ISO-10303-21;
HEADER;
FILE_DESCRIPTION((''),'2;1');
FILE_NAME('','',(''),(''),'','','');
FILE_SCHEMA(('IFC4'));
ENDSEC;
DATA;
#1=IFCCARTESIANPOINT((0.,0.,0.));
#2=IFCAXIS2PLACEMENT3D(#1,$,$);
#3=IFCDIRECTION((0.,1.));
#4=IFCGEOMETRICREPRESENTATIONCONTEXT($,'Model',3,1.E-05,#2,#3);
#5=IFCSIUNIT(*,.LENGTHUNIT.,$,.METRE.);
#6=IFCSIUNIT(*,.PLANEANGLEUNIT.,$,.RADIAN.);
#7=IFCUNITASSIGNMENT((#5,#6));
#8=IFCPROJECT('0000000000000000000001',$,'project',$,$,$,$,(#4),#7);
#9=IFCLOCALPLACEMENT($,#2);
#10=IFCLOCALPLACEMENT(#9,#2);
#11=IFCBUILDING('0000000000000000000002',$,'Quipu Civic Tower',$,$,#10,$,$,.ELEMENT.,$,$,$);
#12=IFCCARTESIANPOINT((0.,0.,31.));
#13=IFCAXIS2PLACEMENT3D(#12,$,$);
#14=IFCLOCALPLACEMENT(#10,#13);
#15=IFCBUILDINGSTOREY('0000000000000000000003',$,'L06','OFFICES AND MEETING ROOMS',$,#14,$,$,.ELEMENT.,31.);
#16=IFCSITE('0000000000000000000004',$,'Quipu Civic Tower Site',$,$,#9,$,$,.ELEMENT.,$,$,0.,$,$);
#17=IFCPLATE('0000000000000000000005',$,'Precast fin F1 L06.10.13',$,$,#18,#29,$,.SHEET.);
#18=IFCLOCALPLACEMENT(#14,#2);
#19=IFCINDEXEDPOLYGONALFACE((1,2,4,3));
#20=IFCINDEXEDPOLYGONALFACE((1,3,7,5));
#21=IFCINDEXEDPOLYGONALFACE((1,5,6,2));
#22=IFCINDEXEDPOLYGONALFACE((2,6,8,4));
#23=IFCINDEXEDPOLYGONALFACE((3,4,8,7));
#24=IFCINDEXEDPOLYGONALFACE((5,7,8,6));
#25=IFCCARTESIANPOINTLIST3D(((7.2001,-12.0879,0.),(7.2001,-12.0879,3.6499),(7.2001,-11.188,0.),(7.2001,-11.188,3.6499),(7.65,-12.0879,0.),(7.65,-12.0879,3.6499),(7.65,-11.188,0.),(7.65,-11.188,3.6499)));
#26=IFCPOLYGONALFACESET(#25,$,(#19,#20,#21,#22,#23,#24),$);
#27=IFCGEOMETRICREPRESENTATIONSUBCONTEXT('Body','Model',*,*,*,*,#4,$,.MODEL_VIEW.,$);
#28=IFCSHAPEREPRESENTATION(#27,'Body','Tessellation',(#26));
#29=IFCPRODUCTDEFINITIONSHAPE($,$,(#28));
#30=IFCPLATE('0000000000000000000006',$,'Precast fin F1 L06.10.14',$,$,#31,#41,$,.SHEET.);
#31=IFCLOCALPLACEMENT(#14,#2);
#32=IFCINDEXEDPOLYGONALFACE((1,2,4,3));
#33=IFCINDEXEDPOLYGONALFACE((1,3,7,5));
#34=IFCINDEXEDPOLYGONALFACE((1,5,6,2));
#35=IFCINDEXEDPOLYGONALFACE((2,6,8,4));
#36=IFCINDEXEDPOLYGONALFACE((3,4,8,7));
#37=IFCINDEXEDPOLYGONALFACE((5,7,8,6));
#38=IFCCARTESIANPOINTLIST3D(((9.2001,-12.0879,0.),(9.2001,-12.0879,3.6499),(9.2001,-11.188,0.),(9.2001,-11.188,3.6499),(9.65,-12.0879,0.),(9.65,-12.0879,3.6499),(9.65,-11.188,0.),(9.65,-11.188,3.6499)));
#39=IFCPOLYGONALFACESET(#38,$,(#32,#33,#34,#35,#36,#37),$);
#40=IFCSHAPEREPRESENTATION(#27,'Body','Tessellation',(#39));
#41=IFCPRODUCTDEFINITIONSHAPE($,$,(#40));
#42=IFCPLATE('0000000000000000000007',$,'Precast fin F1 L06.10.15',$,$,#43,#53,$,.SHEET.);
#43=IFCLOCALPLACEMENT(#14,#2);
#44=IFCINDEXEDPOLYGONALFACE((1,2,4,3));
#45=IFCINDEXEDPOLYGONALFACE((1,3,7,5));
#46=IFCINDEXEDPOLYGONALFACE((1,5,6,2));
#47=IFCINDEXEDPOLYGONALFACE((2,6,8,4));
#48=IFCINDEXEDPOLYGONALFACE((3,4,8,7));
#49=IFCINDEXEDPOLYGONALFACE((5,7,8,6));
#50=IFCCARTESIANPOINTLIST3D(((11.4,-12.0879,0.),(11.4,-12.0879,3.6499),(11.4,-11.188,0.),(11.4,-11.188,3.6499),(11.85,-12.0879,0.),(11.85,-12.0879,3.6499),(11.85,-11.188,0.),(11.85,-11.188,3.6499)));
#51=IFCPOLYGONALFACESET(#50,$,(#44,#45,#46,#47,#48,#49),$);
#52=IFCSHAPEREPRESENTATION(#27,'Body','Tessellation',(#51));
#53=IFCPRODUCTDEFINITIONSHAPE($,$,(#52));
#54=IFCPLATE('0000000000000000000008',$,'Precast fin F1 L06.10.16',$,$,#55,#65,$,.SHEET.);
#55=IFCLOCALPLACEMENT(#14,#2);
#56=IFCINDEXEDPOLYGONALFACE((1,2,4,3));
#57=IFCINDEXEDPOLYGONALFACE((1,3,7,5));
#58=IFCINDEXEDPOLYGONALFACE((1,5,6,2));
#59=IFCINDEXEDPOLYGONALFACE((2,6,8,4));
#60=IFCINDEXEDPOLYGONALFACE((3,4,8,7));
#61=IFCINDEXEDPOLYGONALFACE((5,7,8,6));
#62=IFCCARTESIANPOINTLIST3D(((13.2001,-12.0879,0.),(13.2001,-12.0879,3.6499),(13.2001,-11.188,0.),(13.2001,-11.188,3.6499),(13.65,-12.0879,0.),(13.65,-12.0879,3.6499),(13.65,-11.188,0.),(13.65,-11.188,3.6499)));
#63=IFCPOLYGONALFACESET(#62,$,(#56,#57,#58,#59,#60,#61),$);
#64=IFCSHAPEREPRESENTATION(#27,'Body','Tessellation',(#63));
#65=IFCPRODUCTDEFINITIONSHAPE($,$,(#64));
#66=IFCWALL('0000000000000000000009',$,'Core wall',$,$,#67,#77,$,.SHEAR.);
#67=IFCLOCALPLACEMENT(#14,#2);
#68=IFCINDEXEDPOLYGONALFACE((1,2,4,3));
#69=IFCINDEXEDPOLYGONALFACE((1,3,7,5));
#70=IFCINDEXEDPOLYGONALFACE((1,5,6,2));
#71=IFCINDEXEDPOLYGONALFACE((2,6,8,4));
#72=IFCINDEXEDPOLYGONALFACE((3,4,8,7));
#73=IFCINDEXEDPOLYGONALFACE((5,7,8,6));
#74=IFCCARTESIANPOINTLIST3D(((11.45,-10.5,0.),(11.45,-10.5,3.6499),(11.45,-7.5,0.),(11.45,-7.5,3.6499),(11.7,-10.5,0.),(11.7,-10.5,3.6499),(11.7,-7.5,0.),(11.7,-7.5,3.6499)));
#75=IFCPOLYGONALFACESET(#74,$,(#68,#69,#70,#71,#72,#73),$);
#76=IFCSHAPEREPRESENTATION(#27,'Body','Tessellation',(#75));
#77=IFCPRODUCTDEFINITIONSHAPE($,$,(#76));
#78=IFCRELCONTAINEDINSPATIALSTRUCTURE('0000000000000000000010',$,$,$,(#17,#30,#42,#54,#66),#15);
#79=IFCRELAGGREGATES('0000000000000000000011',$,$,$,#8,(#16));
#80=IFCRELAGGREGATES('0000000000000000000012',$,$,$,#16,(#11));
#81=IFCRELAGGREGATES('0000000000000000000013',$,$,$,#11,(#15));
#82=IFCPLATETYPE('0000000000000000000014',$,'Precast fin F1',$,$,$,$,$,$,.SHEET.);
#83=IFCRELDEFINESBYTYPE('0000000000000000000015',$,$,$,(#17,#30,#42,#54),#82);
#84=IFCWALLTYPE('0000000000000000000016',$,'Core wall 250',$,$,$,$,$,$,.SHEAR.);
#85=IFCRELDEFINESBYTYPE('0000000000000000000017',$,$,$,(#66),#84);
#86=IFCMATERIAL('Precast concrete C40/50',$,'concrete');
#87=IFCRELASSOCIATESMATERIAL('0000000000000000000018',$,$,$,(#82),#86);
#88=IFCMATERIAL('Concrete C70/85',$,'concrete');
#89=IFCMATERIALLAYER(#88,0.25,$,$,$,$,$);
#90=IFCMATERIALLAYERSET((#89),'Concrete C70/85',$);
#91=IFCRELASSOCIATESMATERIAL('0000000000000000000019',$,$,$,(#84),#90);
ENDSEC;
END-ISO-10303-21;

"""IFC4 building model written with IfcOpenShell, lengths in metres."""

from ifc_helpers import new_model, si_unit, direction, frame, frame_2d, origin, origin_2d, place, context, subcontext, project, spatial, rectangle, extrude, material, layer, layer_set, type_object, element, save


model = new_model("IFC4")

# Units and contexts
model_context = context("Model", 3, precision=1e-05, world=origin(), true_north=direction((0.0, 1.0)))
body_context = subcontext(model_context, "Body", "Model", "MODEL_VIEW")
ifc_project = project(units=[si_unit("LENGTHUNIT", "METRE"), si_unit("PLANEANGLEUNIT", "RADIAN")], contexts=[model_context])

# Site, building, storey
site_placement = place(None, origin())
site = spatial("IfcSite", under=ifc_project, at=site_placement, Name="Quipu Civic Tower Site", CompositionType="ELEMENT", RefElevation=0.0)
building_placement = place(site_placement, origin())
building = spatial("IfcBuilding", under=site, at=building_placement, Name="Quipu Civic Tower", CompositionType="ELEMENT")
storey_placement = place(building_placement, frame((0.0, 0.0, 31.0)))
storey = spatial("IfcBuildingStorey", under=building, at=storey_placement, Name="L06", Description="OFFICES AND MEETING ROOMS", CompositionType="ELEMENT", Elevation=31.0)

# Plates
ifc_material_1 = material(Name="Precast concrete C40/50", Category="concrete")
plate_type = type_object("IfcPlateType", Name="Precast fin F1", PredefinedType="SHEET", material=ifc_material_1)
for number, where, z_axis, x_axis, name in (
    (1, (7.425, -11.6379, 0.0), (0.0, 0.0, 1.0), (1.0, 0.0, 0.0), "Precast fin F1 L06.10.13"),
    (2, (9.425, -11.6379, 0.0), (0.0, 0.0, 1.0), (1.0, 0.0, 0.0), "Precast fin F1 L06.10.14"),
    (3, (11.625, -11.6379, 0.0), (0.0, 0.0, 1.0), (1.0, 0.0, 0.0), "Precast fin F1 L06.10.15"),
    (4, (13.425, -11.6379, 0.0), (0.0, 0.0, 1.0), (1.0, 0.0, 0.0), "Precast fin F1 L06.10.16"),
):
    element("IfcPlate", number, at=place(storey_placement, frame(where, z_axis=z_axis, x_axis=x_axis)), inside=storey, type_object=plate_type, Name=name, PredefinedType="SHEET", context=body_context, shape_type="SweptSolid", body=[
        extrude(rectangle(XDim=0.45, YDim=0.8999, at=origin_2d()), origin(), (0.0, 0.0, 1.0), 3.6499),
    ])

# Wall
ifc_material_2 = material(Name="Concrete C70/85", Category="concrete")
ifc_layer_1 = layer(ifc_material_2, 0.25)
ifc_layer_set_1 = layer_set([ifc_layer_1], Name="Concrete C70/85")
wall_type_1 = type_object("IfcWallType", Name="Core wall 250", PredefinedType="SHEAR", material=ifc_layer_set_1)
wall_1_placement = place(storey_placement, frame((11.575, -10.5, 0.0), z_axis=(0.0, 0.0, 1.0), x_axis=(0.0, 1.0, 0.0)))
element("IfcWall", 5, at=wall_1_placement, inside=storey, type_object=wall_type_1, Name="Core wall", PredefinedType="SHEAR", context=body_context, shape_type="SweptSolid", body=[
    extrude(rectangle(XDim=3.0, YDim=0.25, at=frame_2d((1.5, 0.0))), origin(), (0.0, 0.0, 1.0), 3.6499),
])

save(model, "model.ifc")
